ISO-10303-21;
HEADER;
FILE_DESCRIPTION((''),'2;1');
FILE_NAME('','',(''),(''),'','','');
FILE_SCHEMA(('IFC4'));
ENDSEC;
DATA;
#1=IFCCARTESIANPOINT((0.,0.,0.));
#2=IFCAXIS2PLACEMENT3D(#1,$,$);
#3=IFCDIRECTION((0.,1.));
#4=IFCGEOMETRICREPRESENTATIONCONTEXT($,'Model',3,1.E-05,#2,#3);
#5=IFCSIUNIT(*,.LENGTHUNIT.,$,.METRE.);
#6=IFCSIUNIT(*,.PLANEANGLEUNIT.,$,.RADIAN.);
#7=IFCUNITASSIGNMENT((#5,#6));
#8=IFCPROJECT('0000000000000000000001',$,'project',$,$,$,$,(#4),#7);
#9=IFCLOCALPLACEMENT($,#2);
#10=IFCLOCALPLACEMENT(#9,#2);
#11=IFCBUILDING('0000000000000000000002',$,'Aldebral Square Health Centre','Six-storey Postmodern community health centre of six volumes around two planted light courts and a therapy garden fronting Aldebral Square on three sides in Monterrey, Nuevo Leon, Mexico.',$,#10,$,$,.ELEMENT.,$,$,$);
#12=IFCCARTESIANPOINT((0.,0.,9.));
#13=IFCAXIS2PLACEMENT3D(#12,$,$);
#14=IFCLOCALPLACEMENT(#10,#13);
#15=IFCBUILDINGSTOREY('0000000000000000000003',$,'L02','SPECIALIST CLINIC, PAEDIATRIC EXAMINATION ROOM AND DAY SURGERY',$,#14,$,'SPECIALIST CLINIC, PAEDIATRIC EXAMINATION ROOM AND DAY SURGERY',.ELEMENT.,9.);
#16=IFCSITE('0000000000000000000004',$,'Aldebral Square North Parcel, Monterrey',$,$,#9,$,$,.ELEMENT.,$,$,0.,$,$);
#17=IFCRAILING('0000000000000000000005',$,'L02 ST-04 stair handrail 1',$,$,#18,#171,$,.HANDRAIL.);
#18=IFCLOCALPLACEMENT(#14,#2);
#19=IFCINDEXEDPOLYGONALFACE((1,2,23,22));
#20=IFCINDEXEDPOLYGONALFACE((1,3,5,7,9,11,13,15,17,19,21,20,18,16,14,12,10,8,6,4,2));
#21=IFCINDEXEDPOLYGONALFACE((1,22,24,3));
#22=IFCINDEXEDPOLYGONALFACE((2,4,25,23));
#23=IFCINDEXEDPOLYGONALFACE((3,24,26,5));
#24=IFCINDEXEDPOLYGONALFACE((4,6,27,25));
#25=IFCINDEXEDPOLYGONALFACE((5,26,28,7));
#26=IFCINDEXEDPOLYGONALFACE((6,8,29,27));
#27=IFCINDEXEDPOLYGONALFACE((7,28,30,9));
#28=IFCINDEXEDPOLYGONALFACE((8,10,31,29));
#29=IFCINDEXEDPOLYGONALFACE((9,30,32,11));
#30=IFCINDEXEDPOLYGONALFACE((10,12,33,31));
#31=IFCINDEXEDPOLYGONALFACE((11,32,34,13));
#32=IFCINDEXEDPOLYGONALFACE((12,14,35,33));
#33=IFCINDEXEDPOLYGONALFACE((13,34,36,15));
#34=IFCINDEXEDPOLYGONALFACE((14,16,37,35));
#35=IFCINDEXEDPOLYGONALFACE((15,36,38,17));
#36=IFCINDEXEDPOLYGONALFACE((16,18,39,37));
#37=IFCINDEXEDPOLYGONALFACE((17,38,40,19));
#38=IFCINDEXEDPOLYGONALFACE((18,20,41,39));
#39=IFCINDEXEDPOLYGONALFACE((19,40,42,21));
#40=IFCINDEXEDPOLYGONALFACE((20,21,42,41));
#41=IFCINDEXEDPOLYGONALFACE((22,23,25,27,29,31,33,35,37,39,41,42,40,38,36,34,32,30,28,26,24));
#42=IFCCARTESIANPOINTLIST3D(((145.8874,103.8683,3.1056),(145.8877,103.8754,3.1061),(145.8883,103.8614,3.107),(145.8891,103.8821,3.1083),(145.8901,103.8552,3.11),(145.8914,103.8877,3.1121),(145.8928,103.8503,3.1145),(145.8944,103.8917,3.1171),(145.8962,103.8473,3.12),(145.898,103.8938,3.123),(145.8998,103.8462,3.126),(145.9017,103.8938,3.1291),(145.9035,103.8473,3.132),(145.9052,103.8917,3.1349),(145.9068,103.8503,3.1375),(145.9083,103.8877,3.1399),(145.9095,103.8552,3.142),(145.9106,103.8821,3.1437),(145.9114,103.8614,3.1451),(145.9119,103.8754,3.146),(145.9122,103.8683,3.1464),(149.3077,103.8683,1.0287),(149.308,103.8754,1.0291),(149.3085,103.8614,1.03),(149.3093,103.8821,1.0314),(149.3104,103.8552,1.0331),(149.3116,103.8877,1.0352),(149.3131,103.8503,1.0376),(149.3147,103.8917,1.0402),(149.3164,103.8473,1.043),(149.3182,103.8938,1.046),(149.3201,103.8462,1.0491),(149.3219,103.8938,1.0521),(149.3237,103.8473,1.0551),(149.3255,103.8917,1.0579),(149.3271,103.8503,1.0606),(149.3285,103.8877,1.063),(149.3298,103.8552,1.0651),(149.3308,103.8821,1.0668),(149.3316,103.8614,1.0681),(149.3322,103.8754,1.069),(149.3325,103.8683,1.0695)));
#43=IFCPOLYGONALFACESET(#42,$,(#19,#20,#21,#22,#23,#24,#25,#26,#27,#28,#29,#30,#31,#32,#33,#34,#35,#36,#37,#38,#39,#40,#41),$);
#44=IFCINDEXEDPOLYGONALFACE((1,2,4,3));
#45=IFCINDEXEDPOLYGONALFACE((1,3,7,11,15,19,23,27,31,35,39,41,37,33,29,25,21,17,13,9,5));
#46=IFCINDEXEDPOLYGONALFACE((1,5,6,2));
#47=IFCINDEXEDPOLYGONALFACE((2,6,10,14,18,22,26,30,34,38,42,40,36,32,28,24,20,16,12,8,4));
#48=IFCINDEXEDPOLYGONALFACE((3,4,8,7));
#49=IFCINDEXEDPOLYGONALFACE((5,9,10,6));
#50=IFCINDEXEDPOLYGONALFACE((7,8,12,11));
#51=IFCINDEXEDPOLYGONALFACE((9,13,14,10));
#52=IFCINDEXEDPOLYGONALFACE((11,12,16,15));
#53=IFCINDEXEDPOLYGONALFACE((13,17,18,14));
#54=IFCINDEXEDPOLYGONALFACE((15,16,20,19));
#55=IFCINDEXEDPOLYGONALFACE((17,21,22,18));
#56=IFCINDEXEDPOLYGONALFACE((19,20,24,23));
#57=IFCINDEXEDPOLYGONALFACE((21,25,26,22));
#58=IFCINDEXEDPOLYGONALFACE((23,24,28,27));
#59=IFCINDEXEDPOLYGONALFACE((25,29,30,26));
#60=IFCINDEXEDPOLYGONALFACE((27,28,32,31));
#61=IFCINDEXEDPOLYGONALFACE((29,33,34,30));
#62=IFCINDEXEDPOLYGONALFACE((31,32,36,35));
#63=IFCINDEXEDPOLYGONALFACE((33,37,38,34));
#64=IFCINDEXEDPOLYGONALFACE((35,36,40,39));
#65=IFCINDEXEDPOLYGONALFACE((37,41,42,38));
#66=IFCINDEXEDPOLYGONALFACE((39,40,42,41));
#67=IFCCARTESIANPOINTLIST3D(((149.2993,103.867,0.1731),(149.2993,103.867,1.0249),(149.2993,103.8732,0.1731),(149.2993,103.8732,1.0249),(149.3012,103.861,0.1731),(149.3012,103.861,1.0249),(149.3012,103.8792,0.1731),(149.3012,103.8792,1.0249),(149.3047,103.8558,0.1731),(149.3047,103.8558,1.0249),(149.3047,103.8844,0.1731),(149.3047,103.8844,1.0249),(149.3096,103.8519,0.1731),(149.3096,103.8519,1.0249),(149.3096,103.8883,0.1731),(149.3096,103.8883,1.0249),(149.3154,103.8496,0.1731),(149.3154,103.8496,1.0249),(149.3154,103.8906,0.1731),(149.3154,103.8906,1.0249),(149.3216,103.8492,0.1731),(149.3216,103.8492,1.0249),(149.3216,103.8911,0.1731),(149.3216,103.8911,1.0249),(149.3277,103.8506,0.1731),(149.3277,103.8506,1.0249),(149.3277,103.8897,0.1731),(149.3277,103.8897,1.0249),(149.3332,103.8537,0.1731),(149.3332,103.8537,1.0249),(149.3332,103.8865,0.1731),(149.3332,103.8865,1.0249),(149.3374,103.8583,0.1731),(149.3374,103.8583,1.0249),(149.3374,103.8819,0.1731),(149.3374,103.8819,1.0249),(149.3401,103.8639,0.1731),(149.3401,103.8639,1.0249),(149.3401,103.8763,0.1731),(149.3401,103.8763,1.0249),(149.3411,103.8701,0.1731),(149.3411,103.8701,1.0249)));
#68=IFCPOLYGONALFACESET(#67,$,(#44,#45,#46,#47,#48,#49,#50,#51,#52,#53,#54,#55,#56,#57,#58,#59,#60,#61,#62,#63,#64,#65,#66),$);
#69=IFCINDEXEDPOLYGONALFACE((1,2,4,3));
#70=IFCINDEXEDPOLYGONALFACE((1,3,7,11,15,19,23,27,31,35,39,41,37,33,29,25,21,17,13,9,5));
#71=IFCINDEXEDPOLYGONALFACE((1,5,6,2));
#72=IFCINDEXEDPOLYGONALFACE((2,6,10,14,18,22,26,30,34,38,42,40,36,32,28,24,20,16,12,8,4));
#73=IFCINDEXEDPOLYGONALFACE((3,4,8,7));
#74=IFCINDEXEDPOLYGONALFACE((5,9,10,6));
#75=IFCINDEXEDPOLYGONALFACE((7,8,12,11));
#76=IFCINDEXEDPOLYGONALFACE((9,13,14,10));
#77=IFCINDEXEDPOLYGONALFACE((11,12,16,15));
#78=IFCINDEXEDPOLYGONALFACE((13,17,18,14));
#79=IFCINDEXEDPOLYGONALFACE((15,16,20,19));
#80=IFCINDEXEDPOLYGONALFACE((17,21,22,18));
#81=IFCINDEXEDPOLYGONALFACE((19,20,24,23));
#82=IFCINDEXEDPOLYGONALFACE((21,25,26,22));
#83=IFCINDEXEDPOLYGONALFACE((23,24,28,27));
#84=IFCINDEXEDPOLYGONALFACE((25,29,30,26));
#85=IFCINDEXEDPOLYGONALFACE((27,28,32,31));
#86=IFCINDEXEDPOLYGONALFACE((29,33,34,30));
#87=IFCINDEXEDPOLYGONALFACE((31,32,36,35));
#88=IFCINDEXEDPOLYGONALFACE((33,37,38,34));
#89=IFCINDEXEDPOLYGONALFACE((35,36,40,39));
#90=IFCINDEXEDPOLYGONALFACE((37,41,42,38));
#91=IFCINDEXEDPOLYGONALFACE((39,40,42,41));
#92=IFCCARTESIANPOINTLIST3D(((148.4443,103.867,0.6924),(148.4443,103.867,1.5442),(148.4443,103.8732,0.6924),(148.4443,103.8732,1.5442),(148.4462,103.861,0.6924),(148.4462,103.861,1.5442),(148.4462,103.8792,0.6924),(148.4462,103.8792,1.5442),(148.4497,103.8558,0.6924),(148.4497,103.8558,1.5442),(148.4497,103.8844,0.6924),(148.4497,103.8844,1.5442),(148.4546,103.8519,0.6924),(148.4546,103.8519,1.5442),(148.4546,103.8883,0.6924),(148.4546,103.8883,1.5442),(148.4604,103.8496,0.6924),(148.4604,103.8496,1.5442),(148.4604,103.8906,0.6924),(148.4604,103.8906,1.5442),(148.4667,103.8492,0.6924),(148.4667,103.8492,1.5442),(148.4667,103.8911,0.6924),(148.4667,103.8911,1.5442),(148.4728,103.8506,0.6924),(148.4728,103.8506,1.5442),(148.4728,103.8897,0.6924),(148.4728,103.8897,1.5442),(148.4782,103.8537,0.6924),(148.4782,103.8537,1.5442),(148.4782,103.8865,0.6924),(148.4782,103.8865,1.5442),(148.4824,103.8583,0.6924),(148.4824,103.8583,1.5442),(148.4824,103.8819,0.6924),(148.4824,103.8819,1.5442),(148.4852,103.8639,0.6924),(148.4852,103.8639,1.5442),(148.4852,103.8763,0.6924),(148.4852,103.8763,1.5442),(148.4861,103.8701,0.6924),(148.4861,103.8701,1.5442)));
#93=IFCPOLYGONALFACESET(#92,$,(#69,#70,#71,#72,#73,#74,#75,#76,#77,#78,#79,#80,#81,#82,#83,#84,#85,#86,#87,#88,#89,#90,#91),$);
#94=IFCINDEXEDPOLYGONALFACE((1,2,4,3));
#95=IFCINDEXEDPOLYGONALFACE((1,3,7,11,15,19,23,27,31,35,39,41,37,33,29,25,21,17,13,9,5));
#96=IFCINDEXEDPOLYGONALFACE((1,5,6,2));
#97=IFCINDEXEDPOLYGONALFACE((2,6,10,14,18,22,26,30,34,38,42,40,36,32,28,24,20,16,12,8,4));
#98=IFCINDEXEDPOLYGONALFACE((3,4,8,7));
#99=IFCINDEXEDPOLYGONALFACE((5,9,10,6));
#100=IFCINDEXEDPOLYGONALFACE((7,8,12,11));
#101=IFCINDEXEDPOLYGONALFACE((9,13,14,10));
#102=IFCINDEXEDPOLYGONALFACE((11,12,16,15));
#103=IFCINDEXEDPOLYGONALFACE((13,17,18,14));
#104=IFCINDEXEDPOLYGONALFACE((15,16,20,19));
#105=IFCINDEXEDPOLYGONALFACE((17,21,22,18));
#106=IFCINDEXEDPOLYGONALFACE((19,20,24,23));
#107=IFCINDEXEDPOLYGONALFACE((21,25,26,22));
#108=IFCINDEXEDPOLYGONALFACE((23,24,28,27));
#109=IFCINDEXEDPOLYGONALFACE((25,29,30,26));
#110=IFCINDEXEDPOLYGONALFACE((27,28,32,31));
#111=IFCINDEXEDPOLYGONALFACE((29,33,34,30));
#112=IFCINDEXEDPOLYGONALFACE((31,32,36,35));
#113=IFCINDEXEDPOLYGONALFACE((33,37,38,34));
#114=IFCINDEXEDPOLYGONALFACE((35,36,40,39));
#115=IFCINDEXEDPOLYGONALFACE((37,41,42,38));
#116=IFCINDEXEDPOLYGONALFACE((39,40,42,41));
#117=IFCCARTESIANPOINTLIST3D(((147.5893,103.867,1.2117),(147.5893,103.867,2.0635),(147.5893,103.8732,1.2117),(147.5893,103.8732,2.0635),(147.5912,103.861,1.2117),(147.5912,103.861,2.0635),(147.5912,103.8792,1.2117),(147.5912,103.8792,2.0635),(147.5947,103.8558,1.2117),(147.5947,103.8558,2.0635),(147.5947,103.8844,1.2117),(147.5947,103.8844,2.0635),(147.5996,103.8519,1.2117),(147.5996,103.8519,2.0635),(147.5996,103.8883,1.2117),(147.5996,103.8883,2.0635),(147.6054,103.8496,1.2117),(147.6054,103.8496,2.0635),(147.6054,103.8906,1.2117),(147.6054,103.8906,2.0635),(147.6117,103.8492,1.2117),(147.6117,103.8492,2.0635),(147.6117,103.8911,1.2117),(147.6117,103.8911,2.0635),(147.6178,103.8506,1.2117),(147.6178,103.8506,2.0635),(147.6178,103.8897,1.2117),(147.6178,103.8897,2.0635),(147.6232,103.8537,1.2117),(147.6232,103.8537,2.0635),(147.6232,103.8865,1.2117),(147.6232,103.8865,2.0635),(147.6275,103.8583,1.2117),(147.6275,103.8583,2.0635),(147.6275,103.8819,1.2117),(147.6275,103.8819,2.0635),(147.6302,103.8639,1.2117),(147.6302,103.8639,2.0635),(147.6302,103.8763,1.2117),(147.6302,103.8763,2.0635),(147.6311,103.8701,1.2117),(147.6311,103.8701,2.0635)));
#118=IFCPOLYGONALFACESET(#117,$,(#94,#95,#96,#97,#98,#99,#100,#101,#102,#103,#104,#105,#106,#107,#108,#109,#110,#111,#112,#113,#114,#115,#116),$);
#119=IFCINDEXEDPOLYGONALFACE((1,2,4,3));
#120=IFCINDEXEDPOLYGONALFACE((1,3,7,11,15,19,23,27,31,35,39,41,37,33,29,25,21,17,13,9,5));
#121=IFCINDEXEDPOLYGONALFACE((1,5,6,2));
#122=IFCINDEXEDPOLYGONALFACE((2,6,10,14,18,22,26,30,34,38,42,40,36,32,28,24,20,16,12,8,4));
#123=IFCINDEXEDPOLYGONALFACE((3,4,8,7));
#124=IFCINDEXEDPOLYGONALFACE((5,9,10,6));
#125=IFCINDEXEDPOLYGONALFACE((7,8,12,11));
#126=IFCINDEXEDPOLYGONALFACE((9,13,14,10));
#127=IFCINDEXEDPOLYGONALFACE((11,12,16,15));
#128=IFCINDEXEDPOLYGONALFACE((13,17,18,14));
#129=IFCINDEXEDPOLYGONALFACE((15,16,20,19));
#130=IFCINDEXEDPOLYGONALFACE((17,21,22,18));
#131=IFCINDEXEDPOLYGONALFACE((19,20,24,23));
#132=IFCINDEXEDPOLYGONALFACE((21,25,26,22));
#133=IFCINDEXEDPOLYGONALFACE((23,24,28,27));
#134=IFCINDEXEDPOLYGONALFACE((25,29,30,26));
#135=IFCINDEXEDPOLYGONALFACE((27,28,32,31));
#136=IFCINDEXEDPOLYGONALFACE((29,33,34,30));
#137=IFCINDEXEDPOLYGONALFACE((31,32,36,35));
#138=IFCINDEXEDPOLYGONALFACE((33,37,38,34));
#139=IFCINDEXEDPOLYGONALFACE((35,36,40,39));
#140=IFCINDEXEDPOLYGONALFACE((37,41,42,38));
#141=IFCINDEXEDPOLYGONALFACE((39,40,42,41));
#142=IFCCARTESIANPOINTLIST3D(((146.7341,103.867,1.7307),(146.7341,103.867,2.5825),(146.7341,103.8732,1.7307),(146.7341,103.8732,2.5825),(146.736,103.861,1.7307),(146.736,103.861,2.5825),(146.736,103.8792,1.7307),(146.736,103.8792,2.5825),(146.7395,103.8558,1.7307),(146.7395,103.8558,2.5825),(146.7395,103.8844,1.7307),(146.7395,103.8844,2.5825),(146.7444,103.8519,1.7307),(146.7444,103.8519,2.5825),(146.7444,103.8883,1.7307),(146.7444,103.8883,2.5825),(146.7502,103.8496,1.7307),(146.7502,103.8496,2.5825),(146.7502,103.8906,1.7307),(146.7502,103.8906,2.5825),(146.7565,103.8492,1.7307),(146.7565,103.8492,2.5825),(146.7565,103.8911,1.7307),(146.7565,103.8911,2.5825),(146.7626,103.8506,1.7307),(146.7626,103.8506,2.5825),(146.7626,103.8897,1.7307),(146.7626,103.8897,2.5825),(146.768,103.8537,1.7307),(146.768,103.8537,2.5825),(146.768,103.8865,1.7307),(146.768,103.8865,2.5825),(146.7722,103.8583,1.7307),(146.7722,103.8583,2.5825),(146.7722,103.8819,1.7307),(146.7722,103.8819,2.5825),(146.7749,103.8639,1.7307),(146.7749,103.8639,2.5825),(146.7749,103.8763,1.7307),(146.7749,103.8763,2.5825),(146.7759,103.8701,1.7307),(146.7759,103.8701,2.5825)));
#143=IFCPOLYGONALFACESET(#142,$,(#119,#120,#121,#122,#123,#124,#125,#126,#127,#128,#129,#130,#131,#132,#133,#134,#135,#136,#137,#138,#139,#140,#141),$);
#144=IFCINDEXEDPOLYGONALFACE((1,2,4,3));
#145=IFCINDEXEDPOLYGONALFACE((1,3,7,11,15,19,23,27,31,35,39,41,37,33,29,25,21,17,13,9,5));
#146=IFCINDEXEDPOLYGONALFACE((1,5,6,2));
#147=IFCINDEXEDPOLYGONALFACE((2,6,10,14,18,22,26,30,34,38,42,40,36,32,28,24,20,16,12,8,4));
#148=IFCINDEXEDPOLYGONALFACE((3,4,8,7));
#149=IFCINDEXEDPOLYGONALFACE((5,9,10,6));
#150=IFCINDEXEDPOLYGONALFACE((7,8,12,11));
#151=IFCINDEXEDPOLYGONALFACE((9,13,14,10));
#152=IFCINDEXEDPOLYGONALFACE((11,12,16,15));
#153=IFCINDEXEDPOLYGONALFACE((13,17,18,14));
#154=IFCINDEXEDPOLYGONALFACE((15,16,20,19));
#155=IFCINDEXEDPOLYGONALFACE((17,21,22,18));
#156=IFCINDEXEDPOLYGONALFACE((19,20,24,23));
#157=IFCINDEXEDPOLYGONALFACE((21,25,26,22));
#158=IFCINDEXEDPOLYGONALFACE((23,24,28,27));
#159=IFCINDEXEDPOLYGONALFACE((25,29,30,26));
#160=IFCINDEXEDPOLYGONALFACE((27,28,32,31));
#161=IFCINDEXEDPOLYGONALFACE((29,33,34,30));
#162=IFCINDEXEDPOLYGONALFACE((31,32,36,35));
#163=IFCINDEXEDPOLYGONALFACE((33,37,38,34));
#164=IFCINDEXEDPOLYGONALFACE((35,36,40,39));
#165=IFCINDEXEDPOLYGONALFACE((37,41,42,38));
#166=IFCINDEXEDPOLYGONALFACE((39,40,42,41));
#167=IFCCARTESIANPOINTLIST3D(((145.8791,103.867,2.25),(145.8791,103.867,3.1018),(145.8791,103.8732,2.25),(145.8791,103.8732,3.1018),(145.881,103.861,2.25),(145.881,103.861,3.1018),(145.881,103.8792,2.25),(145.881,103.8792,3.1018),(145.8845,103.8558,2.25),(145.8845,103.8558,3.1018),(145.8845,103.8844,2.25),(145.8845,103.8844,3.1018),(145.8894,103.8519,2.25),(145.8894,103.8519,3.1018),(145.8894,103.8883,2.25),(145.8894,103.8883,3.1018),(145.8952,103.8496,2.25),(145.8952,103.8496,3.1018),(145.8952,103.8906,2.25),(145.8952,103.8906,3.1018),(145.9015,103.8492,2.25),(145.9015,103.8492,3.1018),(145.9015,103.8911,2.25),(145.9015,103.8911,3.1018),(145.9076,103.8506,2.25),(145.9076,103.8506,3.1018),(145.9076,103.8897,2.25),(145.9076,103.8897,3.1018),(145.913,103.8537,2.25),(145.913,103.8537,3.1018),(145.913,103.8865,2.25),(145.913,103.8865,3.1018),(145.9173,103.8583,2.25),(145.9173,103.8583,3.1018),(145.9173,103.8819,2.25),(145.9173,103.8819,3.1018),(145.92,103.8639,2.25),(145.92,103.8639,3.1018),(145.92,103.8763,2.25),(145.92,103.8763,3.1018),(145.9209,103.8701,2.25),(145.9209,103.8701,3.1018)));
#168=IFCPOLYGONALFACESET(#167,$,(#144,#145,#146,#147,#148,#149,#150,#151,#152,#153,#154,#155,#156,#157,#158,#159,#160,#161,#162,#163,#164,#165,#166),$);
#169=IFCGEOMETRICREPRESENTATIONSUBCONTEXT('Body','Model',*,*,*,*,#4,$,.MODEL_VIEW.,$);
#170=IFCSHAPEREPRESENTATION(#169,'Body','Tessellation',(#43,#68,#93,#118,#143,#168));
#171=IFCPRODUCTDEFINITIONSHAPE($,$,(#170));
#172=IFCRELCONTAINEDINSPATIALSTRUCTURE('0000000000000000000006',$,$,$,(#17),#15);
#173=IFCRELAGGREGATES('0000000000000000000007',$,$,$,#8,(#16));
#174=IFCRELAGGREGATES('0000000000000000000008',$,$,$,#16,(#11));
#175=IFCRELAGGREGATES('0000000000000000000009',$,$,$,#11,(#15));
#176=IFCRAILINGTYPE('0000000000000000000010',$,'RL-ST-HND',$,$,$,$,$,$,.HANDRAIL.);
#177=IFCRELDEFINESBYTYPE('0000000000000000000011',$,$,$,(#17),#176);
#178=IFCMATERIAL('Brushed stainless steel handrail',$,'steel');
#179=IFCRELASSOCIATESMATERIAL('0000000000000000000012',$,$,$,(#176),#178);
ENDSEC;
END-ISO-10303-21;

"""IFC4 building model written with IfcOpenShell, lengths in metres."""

from ifc_helpers import new_model, si_unit, direction, frame, origin, origin_2d, place, context, subcontext, project, spatial, circle, extrude, material, type_object, element, save


model = new_model("IFC4")

# Units and contexts
model_context = context("Model", 3, precision=1e-05, world=origin(), true_north=direction((0.0, 1.0)))
body_context = subcontext(model_context, "Body", "Model", "MODEL_VIEW")
ifc_project = project(units=[si_unit("LENGTHUNIT", "METRE"), si_unit("PLANEANGLEUNIT", "RADIAN")], contexts=[model_context])

# Site, building, storey
site_placement = place(None, origin())
site = spatial("IfcSite", under=ifc_project, at=site_placement, Name="Aldebral Square North Parcel, Monterrey", CompositionType="ELEMENT", RefElevation=0.0)
building_placement = place(site_placement, origin())
building = spatial("IfcBuilding", under=site, at=building_placement, Name="Aldebral Square Health Centre", Description="Six-storey Postmodern community health centre of six volumes around two planted light courts and a therapy garden fronting Aldebral Square on three sides in Monterrey, Nuevo Leon, Mexico.", CompositionType="ELEMENT")
storey_placement = place(building_placement, frame((0.0, 0.0, 9.0)))
storey = spatial("IfcBuildingStorey", under=building, at=storey_placement, Name="L02", Description="SPECIALIST CLINIC, PAEDIATRIC EXAMINATION ROOM AND DAY SURGERY", LongName="SPECIALIST CLINIC, PAEDIATRIC EXAMINATION ROOM AND DAY SURGERY", CompositionType="ELEMENT", Elevation=9.0)

# Railing
ifc_material_1 = material(Name="Brushed stainless steel handrail", Category="steel")
railing_type_1 = type_object("IfcRailingType", Name="RL-ST-HND", PredefinedType="HANDRAIL", material=ifc_material_1)
railing_1_placement = place(storey_placement, frame((149.3201, 103.8701, 0.1731)))
element("IfcRailing", 1, at=railing_1_placement, inside=storey, type_object=railing_type_1, Name="L02 ST-04 stair handrail 1", PredefinedType="HANDRAIL", context=body_context, shape_type="SweptSolid", body=[
    extrude(circle(Radius=0.0239, at=origin_2d()), frame((0.0, 0.0, 0.876), z_axis=(-0.854746, 0.0, 0.519047), x_axis=(0.0, -1.0, 0.0)), (0.0, 0.0, 1.0), 4.0015),
    extrude(circle(Radius=0.021, at=origin_2d()), origin(), (0.0, 0.0, 1.0), 0.8518),
    extrude(circle(Radius=0.021, at=origin_2d()), frame((-0.855, 0.0, 0.5193)), (0.0, 0.0, 1.0), 0.8518),
    extrude(circle(Radius=0.021, at=origin_2d()), frame((-1.71, 0.0, 1.0386)), (0.0, 0.0, 1.0), 0.8518),
    extrude(circle(Radius=0.021, at=origin_2d()), frame((-2.5652, 0.0, 1.5576)), (0.0, 0.0, 1.0), 0.8518),
    extrude(circle(Radius=0.021, at=origin_2d()), frame((-3.4202, 0.0, 2.0769)), (0.0, 0.0, 1.0), 0.8518),
])

save(model, "model.ifc")
